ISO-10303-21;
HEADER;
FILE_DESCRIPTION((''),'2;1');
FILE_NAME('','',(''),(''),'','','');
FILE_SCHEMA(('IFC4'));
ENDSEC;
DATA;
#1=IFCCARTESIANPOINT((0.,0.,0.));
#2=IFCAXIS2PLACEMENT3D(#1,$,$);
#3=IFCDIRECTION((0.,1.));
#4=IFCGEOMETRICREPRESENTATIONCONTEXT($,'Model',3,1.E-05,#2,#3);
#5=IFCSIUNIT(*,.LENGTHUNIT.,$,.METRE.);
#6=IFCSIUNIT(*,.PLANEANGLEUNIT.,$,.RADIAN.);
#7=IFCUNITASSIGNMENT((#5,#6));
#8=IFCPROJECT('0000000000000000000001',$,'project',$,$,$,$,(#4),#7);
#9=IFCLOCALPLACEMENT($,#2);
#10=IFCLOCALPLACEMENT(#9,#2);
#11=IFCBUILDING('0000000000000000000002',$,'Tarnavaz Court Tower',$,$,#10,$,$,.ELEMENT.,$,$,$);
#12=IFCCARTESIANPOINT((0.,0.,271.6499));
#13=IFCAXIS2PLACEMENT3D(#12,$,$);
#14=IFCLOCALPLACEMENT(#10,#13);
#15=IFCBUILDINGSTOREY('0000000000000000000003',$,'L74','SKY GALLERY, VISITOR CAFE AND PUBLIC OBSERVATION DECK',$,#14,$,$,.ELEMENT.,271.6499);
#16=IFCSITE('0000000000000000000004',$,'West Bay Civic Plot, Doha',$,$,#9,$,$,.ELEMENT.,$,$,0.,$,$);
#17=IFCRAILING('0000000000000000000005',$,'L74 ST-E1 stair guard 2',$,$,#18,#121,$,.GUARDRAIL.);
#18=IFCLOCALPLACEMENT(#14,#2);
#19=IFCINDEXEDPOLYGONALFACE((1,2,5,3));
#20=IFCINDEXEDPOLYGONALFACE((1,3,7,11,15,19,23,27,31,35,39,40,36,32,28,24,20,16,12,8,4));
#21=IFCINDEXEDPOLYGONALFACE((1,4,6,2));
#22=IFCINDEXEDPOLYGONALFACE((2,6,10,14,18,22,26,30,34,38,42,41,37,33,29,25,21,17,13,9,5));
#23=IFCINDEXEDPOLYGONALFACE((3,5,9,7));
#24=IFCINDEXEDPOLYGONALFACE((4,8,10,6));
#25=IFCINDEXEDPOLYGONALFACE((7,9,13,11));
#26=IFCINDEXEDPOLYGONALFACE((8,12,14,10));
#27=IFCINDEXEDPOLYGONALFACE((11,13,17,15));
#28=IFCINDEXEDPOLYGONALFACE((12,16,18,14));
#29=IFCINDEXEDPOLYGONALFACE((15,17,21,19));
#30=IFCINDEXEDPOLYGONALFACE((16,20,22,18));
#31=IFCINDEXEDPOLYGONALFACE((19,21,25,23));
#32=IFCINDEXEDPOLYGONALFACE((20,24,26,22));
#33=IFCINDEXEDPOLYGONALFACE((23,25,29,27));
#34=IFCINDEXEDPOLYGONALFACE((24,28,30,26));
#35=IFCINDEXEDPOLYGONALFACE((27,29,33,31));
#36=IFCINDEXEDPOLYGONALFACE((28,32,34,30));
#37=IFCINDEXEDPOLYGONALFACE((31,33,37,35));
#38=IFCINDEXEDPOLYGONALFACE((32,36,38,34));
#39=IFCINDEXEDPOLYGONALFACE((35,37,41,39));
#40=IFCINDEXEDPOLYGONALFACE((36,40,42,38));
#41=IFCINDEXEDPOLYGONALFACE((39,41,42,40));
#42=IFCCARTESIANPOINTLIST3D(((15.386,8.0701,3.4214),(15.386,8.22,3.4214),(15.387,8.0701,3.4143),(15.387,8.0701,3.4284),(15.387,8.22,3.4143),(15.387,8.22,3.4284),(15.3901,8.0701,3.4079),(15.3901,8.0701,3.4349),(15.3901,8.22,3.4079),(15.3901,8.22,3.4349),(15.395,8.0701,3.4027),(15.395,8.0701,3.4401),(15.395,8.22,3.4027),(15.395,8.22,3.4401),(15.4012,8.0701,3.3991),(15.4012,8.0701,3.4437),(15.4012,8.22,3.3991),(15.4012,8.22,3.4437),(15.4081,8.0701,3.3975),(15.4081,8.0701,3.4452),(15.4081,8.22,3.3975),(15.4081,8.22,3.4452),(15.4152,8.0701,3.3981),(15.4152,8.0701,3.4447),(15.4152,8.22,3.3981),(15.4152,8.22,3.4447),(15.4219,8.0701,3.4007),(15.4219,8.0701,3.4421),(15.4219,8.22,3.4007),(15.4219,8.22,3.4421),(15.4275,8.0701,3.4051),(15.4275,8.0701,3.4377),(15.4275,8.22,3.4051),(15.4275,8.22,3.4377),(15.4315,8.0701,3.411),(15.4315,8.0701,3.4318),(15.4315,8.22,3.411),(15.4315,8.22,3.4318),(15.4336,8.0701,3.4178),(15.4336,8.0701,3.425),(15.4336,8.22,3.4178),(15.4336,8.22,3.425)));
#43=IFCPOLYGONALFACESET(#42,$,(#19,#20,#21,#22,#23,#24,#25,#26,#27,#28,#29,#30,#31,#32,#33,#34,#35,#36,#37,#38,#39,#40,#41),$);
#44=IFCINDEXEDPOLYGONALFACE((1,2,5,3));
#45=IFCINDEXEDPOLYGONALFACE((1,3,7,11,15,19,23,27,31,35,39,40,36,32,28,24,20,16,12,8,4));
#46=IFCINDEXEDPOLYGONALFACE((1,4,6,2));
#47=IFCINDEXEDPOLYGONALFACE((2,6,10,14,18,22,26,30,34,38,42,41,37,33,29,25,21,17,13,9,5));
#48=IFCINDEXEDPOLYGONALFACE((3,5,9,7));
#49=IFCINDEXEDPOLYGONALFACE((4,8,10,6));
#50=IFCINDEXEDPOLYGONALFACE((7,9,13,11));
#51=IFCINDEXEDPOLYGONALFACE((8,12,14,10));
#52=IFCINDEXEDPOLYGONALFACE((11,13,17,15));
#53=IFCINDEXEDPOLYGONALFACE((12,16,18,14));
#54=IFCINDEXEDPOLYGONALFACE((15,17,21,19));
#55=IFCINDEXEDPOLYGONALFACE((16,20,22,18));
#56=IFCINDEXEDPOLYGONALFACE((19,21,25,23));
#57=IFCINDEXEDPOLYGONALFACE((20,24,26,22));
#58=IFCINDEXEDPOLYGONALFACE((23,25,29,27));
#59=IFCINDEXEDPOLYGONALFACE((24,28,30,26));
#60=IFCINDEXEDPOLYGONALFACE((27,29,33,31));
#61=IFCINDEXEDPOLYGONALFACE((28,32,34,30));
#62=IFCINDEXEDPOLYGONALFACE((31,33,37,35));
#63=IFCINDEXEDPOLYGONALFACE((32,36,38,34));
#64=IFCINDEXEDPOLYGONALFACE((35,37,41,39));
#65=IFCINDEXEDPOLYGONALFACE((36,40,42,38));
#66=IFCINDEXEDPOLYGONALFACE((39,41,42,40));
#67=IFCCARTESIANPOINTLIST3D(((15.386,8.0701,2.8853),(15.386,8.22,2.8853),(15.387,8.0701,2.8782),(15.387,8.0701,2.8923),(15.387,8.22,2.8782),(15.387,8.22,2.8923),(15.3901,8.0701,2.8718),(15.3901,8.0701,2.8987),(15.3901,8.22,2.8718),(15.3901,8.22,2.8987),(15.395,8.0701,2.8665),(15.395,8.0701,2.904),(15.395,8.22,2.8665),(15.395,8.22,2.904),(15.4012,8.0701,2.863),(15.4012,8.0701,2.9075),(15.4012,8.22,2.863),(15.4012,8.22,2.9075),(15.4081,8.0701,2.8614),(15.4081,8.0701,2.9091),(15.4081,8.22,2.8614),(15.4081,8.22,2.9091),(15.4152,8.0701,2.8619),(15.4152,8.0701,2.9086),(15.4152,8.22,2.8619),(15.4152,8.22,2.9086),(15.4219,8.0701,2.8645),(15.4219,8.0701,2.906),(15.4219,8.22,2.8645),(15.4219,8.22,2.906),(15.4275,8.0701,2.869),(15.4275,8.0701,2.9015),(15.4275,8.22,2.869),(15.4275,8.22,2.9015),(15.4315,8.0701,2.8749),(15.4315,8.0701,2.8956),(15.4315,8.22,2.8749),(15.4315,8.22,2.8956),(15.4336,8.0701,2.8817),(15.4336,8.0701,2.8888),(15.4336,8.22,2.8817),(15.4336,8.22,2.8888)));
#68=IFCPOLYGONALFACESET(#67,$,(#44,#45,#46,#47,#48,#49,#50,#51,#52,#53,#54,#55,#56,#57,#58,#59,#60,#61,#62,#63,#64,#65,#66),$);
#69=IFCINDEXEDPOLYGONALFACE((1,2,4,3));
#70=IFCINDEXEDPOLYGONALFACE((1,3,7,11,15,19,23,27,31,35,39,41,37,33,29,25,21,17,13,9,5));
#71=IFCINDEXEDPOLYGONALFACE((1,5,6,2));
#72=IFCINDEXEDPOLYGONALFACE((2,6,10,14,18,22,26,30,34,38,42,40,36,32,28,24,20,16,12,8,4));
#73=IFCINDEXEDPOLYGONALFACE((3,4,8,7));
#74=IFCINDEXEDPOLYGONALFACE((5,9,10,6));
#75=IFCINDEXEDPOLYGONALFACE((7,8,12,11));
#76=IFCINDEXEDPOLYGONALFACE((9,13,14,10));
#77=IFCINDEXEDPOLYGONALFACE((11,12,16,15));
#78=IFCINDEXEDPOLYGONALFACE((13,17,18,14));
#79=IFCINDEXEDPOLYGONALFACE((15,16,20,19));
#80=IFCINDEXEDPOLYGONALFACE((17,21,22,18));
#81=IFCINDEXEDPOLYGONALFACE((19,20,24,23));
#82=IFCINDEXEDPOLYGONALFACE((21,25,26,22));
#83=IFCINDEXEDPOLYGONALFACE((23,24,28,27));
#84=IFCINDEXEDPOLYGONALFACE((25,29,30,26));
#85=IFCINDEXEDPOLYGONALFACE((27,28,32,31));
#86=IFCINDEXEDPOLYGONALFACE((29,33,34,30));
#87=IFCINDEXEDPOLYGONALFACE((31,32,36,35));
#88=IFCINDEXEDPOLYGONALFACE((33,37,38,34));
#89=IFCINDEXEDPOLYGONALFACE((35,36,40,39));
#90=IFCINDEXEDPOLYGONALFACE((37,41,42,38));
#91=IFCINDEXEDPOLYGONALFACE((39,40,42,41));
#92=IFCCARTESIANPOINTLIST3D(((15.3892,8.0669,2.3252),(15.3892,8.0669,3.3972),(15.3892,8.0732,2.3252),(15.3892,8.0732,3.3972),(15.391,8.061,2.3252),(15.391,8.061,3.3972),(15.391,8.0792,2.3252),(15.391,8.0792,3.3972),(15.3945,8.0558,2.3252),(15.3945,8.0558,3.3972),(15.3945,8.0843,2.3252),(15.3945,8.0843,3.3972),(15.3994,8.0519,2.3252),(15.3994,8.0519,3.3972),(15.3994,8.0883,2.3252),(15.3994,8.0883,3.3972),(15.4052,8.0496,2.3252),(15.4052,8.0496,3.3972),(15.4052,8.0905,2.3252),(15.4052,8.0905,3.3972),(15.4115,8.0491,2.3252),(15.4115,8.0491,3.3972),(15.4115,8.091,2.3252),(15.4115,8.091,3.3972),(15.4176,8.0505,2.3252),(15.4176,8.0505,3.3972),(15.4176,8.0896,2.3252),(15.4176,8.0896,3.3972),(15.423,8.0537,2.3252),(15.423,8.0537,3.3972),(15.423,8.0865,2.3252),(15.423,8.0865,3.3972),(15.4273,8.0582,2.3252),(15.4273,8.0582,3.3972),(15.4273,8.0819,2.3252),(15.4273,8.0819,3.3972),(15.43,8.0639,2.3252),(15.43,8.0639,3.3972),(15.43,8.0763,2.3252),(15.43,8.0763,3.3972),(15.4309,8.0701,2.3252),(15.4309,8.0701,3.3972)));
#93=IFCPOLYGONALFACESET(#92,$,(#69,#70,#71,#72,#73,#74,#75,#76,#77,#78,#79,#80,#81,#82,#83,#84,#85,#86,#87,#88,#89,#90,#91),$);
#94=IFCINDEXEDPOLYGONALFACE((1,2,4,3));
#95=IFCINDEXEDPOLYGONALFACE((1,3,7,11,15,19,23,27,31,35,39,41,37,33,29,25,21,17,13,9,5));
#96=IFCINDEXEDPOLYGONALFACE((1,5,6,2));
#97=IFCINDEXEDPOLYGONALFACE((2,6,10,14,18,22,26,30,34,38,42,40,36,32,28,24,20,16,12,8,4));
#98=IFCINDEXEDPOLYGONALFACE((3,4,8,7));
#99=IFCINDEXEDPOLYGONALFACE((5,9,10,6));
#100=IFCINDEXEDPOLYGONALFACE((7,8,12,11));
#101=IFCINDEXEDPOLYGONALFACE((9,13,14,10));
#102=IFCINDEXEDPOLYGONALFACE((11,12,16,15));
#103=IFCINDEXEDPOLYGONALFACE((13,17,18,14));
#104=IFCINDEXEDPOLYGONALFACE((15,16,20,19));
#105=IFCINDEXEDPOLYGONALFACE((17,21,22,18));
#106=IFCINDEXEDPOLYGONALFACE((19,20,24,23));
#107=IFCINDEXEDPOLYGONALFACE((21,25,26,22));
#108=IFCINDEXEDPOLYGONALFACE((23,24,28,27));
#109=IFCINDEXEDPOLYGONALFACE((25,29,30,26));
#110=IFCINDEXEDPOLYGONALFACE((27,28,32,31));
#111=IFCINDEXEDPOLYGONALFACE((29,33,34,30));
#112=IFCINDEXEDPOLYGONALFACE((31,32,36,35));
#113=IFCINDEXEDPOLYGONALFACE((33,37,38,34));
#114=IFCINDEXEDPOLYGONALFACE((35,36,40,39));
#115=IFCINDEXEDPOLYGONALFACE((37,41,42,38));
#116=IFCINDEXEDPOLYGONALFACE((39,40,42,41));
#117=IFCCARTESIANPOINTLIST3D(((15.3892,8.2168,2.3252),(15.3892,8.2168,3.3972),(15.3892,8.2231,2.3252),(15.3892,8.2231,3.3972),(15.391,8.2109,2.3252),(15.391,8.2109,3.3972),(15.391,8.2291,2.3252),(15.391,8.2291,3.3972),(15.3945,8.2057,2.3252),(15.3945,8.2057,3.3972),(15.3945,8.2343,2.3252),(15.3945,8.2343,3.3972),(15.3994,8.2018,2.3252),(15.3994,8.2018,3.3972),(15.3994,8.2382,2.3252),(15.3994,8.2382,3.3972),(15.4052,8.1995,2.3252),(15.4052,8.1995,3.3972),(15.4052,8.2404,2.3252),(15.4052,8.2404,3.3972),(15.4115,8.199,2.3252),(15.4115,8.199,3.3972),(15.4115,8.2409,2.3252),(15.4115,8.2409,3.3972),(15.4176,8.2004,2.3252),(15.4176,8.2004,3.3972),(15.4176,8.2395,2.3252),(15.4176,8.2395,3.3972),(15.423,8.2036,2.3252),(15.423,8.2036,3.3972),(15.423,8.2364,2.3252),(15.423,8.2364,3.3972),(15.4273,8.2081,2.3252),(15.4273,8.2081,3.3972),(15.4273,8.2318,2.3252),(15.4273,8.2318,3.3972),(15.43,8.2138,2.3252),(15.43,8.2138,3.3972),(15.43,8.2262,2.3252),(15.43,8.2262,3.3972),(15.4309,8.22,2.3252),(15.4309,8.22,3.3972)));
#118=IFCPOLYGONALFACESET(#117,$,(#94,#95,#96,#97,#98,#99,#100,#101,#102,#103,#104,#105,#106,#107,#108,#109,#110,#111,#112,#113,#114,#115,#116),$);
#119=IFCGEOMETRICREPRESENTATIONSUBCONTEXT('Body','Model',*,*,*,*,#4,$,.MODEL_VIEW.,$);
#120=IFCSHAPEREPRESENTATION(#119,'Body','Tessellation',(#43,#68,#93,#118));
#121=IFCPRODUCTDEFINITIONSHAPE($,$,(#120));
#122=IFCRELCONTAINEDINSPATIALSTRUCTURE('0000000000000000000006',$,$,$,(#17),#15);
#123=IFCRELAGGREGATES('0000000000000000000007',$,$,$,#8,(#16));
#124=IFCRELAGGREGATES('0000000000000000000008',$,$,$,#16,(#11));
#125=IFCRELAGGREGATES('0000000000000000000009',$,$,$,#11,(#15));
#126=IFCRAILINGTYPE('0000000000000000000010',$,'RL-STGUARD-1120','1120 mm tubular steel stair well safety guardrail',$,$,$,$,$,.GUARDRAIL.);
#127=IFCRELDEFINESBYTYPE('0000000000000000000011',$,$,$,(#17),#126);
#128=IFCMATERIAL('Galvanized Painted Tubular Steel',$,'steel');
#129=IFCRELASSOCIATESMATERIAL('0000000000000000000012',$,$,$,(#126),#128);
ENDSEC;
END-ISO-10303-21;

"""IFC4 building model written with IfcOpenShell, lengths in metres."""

from ifc_helpers import new_model, si_unit, direction, frame, origin, origin_2d, place, context, subcontext, project, spatial, circle, extrude, material, type_object, element, save


model = new_model("IFC4")

# Units and contexts
model_context = context("Model", 3, precision=1e-05, world=origin(), true_north=direction((0.0, 1.0)))
body_context = subcontext(model_context, "Body", "Model", "MODEL_VIEW")
ifc_project = project(units=[si_unit("LENGTHUNIT", "METRE"), si_unit("PLANEANGLEUNIT", "RADIAN")], contexts=[model_context])

# Site, building, storey
site_placement = place(None, origin())
site = spatial("IfcSite", under=ifc_project, at=site_placement, Name="West Bay Civic Plot, Doha", CompositionType="ELEMENT", RefElevation=0.0)
building_placement = place(site_placement, origin())
building = spatial("IfcBuilding", under=site, at=building_placement, Name="Tarnavaz Court Tower", CompositionType="ELEMENT")
storey_placement = place(building_placement, frame((0.0, 0.0, 271.6499)))
storey = spatial("IfcBuildingStorey", under=building, at=storey_placement, Name="L74", Description="SKY GALLERY, VISITOR CAFE AND PUBLIC OBSERVATION DECK", CompositionType="ELEMENT", Elevation=271.6499)

# Railing
ifc_material_1 = material(Name="Galvanized Painted Tubular Steel", Category="steel")
railing_type_1 = type_object("IfcRailingType", Name="RL-STGUARD-1120", Description="1120 mm tubular steel stair well safety guardrail", PredefinedType="GUARDRAIL", material=ifc_material_1)
railing_1_placement = place(storey_placement, frame((15.4099, 8.0701, 2.3252)))
element("IfcRailing", 1, at=railing_1_placement, inside=storey, type_object=railing_type_1, Name="L74 ST-E1 stair guard 2", PredefinedType="GUARDRAIL", context=body_context, shape_type="SweptSolid", body=[
    extrude(circle(Radius=0.0239, at=origin_2d()), frame((0.0, 0.0, 1.0962), z_axis=(0.0, 1.0, 0.0), x_axis=(-1.0, 0.0, 0.0)), (0.0, 0.0, 1.0), 0.1499),
    extrude(circle(Radius=0.0239, at=origin_2d()), frame((0.0, 0.0, 0.5601), z_axis=(0.0, 1.0, 0.0), x_axis=(-1.0, 0.0, 0.0)), (0.0, 0.0, 1.0), 0.1499),
    extrude(circle(Radius=0.021, at=origin_2d()), origin(), (0.0, 0.0, 1.0), 1.072),
    extrude(circle(Radius=0.021, at=origin_2d()), frame((0.0, 0.1499, 0.0)), (0.0, 0.0, 1.0), 1.072),
])

save(model, "model.ifc")
